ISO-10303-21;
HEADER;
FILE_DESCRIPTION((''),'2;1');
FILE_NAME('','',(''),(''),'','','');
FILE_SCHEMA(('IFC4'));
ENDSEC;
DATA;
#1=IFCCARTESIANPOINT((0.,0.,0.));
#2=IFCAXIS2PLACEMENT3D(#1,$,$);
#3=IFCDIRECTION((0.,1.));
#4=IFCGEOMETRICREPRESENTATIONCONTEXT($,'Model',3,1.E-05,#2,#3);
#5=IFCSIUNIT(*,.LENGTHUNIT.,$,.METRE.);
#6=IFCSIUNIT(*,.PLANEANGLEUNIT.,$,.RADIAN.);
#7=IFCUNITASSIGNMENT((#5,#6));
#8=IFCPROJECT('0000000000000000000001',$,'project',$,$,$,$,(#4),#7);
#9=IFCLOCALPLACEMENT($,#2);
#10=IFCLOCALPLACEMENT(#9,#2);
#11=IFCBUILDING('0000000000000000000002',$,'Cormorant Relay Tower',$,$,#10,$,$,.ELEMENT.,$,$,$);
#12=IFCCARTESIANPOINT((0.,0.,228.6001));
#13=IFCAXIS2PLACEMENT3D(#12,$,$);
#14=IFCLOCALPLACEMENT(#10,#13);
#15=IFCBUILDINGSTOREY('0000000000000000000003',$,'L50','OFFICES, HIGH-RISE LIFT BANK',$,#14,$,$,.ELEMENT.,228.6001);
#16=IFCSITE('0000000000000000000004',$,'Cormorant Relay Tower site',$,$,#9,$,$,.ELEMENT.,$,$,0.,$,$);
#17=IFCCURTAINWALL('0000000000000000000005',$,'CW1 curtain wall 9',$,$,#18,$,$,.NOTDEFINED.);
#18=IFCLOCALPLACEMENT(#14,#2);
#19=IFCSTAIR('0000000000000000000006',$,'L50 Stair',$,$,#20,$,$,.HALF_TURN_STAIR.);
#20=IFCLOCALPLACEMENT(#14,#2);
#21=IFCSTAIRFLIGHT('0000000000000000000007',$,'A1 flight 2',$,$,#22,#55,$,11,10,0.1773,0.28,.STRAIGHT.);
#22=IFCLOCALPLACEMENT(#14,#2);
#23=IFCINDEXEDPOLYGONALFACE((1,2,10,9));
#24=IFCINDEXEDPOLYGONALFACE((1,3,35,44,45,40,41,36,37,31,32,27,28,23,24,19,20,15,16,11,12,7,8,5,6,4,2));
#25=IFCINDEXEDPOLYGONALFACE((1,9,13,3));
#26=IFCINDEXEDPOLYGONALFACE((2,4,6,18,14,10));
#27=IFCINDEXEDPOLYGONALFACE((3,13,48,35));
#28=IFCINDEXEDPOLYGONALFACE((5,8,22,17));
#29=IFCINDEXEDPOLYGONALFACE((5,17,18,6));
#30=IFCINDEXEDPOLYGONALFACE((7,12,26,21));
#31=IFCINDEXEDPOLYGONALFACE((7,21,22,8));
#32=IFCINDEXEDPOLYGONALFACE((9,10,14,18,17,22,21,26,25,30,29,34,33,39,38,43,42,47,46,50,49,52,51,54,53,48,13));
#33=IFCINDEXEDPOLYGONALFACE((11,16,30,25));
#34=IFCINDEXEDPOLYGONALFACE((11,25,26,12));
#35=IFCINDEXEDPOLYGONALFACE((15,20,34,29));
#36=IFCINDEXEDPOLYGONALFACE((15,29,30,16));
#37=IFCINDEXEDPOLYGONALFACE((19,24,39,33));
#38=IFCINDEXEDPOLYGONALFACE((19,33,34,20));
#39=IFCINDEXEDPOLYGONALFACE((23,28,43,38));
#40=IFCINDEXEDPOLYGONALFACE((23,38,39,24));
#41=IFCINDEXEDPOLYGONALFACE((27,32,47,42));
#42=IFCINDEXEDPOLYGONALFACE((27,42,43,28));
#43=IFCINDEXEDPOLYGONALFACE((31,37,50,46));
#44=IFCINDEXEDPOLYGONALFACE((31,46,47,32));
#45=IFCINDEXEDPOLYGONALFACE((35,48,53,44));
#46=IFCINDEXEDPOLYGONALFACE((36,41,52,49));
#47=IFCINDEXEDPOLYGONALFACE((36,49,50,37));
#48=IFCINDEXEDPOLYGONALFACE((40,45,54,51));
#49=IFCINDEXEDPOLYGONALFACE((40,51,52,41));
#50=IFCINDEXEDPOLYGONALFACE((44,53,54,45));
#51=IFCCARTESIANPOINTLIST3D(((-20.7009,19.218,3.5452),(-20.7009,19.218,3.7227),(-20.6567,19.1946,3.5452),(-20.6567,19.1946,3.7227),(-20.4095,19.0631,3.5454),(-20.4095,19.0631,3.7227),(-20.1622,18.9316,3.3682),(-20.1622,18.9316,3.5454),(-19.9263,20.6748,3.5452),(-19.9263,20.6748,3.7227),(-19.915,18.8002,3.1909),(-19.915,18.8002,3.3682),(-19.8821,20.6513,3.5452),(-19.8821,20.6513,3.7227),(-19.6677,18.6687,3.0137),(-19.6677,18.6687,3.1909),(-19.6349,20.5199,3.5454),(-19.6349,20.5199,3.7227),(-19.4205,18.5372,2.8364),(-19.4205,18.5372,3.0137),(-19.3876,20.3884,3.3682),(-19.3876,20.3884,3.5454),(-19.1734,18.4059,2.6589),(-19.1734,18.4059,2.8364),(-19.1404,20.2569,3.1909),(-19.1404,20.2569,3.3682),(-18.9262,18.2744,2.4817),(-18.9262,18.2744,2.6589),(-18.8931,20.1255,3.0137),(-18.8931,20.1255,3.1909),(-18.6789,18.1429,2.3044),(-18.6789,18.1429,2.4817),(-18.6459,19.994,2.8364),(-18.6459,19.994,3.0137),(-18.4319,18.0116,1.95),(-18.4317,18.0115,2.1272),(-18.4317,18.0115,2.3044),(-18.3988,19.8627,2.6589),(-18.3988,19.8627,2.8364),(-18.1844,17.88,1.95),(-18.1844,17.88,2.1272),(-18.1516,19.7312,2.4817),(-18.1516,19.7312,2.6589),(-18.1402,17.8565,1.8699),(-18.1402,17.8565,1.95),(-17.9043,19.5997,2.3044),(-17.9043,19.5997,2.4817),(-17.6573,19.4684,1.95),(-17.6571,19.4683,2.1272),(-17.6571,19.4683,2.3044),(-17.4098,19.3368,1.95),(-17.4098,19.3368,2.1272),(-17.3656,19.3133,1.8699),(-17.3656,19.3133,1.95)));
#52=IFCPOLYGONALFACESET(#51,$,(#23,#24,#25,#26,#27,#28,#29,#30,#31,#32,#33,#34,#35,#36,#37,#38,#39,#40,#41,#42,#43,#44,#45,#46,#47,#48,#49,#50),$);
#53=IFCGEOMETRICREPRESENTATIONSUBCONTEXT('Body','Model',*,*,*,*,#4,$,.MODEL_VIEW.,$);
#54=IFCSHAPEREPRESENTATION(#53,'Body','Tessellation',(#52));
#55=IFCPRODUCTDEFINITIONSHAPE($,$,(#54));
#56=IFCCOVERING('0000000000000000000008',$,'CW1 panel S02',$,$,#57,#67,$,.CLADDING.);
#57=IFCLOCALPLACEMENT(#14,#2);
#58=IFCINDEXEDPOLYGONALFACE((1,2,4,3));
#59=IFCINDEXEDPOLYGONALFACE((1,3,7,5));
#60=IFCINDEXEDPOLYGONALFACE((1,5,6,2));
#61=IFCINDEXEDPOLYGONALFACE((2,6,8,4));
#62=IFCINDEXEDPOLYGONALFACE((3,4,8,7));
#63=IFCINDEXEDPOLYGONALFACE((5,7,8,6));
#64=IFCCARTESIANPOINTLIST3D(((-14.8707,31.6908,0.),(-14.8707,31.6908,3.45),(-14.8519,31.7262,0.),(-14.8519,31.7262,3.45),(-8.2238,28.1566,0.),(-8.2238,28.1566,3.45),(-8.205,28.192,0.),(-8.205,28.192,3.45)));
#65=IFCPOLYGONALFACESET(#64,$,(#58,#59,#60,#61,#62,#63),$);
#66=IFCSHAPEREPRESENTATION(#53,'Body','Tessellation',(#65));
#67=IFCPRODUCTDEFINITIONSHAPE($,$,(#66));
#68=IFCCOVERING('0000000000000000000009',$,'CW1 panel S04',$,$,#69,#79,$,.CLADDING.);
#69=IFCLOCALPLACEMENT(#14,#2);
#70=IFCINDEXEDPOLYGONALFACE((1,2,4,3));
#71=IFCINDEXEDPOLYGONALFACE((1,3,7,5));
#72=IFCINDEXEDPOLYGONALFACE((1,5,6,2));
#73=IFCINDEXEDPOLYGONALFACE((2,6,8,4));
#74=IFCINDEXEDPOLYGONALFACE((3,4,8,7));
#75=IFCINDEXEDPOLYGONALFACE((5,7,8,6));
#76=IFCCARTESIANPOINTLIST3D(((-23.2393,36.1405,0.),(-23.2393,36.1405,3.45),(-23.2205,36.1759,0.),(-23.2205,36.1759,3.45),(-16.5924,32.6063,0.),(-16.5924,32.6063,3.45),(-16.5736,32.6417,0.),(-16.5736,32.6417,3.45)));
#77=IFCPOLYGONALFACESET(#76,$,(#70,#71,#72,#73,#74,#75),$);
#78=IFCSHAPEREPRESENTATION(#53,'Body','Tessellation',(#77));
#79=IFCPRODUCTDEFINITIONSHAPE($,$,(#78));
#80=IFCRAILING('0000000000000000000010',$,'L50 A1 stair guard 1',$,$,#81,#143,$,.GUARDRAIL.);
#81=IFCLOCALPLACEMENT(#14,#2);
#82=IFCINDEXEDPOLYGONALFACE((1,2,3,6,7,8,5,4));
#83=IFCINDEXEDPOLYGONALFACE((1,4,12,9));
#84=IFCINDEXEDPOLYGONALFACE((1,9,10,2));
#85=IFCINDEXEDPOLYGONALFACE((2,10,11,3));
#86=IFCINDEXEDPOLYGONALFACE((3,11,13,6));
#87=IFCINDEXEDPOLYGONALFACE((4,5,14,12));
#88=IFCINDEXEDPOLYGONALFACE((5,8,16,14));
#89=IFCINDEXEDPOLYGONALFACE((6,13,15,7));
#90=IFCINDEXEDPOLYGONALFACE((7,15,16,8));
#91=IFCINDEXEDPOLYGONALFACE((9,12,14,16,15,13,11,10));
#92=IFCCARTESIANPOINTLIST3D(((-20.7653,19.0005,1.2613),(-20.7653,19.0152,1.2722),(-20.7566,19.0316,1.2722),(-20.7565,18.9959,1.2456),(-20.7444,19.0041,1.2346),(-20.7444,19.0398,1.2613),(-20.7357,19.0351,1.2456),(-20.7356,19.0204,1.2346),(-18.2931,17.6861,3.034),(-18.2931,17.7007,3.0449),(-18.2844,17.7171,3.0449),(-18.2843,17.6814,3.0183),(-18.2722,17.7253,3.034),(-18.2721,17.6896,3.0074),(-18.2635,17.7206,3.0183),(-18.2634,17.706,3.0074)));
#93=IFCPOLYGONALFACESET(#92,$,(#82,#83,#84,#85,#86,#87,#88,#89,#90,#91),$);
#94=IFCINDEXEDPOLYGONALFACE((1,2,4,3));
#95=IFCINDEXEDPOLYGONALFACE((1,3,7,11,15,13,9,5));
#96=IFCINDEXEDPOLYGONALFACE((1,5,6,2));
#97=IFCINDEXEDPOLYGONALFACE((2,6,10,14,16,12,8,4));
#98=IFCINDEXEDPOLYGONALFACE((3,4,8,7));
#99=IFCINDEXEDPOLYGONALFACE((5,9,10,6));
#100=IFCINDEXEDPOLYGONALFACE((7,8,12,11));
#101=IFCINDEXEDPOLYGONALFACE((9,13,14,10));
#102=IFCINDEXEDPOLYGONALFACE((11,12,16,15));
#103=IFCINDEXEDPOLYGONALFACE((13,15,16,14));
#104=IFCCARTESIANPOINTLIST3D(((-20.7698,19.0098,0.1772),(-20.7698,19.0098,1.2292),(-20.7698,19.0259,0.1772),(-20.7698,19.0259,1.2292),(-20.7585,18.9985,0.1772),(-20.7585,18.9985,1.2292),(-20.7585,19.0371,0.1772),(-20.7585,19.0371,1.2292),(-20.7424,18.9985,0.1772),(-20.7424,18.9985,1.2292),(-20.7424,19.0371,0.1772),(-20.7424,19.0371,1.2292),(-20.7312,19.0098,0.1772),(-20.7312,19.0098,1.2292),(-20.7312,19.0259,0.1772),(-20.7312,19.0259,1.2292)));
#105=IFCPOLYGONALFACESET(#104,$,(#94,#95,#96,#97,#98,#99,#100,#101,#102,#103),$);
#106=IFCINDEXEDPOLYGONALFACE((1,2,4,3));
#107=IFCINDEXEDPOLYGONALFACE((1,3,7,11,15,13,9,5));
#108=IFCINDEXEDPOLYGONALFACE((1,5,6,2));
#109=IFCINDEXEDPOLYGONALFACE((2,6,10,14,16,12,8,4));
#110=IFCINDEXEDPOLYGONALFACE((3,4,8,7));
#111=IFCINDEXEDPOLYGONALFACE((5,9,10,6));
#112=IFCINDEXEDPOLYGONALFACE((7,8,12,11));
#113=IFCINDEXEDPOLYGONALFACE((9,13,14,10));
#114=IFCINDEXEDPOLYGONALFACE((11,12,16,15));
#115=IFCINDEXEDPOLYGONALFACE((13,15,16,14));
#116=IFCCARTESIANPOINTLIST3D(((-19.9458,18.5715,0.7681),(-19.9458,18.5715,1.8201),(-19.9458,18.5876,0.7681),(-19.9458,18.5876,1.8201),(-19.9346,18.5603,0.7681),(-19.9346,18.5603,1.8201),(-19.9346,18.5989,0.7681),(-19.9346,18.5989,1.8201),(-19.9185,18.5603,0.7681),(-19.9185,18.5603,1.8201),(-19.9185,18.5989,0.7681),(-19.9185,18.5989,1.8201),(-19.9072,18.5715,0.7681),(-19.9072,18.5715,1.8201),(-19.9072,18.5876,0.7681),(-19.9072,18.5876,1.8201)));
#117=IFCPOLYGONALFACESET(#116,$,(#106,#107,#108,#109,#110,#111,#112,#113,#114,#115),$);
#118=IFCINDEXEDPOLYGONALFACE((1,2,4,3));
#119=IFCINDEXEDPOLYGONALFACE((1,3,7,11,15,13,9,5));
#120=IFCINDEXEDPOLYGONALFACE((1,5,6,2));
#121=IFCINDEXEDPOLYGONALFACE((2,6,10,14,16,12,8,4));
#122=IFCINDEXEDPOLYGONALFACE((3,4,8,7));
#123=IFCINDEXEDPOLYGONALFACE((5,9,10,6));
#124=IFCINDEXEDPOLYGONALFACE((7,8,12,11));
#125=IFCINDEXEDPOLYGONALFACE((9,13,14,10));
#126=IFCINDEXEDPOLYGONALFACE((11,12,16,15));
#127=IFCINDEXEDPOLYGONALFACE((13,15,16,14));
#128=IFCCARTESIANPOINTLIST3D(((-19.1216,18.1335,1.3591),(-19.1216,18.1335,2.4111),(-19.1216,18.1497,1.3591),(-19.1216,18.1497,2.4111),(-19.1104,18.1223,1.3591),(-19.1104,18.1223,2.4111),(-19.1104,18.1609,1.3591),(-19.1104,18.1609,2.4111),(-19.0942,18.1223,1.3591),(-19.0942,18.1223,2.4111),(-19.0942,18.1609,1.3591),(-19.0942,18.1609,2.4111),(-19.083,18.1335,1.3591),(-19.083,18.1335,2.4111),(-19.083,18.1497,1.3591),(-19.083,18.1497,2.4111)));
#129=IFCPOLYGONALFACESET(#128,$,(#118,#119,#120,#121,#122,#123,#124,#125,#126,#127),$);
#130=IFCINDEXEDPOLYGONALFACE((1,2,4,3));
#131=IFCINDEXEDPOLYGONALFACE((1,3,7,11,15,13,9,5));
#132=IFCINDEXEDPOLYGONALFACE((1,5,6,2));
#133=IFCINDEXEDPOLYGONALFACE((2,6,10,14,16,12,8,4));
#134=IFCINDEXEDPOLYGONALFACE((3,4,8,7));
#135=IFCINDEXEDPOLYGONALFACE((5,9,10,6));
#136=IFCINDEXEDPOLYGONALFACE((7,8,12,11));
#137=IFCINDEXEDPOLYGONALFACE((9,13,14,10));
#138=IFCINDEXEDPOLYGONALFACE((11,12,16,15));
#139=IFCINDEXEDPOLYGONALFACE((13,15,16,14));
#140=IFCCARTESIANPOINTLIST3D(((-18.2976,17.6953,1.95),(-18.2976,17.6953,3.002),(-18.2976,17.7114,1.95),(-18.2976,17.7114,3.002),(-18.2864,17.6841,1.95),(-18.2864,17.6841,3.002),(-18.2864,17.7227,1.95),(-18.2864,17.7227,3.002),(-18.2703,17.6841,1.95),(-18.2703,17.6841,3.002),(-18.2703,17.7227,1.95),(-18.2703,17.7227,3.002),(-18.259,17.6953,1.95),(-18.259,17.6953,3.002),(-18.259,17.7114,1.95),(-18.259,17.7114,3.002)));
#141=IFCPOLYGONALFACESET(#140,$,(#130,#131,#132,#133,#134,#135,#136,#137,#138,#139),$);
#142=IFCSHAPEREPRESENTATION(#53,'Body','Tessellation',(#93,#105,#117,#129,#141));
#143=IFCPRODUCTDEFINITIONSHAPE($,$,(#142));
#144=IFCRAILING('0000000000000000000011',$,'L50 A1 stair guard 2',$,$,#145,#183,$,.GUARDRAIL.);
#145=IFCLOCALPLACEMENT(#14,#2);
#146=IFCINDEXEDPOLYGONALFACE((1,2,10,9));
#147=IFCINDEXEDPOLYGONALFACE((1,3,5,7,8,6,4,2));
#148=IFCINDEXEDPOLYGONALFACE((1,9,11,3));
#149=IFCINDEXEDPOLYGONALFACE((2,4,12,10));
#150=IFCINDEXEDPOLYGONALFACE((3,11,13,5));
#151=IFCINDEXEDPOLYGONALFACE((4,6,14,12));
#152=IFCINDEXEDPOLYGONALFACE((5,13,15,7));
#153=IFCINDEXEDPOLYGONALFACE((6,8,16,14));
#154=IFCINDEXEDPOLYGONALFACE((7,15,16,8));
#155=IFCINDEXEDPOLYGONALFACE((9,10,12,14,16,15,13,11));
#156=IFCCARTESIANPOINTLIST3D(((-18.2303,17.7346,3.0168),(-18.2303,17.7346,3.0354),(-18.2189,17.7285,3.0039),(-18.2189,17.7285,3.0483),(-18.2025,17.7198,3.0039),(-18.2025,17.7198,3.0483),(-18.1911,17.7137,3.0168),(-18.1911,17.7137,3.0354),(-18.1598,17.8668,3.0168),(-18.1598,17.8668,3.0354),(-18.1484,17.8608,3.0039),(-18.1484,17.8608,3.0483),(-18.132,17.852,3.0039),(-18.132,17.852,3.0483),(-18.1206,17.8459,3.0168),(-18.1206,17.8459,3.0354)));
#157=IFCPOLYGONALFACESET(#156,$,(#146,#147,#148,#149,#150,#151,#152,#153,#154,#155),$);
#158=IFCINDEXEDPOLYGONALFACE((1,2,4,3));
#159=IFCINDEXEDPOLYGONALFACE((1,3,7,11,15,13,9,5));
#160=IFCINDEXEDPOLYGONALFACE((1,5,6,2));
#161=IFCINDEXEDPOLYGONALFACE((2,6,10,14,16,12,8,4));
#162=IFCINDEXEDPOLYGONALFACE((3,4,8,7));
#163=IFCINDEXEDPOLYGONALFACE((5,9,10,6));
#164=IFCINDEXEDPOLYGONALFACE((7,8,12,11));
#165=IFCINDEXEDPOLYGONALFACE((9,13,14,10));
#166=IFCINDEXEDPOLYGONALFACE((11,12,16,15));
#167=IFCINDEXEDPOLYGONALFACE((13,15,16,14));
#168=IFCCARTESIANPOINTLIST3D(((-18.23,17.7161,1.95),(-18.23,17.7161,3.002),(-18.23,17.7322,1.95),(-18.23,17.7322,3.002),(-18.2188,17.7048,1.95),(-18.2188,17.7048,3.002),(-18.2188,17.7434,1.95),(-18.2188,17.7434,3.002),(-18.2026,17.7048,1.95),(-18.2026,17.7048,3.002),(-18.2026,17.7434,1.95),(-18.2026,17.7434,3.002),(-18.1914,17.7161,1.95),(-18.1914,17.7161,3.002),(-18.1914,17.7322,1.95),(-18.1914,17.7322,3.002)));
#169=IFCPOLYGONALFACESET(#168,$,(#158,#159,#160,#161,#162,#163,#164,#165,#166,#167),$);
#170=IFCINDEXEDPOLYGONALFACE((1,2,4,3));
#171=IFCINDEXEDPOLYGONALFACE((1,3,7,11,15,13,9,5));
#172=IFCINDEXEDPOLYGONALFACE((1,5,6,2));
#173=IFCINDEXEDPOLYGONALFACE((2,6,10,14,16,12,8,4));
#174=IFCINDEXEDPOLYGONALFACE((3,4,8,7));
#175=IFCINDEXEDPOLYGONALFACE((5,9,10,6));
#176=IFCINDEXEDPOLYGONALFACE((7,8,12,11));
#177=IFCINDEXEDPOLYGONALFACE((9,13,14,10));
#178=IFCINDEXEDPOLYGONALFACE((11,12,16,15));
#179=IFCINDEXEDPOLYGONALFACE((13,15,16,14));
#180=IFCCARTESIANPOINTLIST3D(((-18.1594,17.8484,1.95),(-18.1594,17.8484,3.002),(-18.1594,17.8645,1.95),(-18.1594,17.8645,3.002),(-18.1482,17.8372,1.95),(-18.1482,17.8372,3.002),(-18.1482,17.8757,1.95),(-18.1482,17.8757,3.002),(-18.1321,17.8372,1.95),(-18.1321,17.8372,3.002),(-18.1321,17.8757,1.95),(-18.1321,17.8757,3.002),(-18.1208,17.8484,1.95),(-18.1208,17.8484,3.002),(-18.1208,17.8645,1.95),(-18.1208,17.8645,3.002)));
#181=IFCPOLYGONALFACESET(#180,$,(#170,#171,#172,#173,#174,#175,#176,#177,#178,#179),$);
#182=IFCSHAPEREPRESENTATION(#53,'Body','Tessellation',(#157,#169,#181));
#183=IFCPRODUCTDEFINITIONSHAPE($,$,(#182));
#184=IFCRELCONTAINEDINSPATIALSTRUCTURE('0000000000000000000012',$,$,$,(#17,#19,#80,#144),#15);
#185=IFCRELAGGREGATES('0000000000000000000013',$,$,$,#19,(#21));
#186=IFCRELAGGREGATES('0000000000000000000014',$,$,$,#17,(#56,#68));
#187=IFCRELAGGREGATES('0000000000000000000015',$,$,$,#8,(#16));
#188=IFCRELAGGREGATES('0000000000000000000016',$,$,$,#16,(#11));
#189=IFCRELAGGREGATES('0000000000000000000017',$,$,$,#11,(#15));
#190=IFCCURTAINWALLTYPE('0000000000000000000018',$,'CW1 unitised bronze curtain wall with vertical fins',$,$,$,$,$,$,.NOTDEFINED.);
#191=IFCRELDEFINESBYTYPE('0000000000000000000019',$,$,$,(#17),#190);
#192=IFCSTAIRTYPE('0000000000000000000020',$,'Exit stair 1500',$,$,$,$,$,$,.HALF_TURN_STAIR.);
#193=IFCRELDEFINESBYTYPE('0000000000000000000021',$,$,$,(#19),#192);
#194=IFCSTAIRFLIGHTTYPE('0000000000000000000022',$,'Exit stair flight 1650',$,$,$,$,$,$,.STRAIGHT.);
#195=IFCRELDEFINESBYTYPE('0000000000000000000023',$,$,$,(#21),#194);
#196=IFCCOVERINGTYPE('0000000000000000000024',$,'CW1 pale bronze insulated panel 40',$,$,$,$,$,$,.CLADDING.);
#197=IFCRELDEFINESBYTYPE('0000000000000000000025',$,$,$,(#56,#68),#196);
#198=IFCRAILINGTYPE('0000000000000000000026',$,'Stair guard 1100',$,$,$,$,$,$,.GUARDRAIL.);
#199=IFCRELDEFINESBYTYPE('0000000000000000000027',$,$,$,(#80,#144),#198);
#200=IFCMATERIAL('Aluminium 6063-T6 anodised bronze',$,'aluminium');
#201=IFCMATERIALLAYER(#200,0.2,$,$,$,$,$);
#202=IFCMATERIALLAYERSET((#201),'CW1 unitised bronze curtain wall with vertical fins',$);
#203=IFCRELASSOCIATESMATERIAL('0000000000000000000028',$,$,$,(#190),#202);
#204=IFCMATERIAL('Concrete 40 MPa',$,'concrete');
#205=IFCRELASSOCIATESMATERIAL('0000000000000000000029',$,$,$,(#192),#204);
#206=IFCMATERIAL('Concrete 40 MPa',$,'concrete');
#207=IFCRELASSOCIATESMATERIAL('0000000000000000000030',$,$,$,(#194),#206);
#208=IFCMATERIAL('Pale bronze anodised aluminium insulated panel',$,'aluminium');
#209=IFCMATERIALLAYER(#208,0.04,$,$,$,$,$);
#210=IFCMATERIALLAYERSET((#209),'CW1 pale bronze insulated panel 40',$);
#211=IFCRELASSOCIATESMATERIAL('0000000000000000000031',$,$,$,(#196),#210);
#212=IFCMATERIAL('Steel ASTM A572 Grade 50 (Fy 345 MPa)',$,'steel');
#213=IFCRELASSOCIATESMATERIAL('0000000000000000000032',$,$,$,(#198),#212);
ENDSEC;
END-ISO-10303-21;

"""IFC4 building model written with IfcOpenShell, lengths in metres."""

from ifc_helpers import new_model, si_unit, direction, frame, origin, origin_2d, place, context, subcontext, project, spatial, polyline, rectangle, outline, extrude, material, layer, layer_set, type_object, element, aggregate, save


model = new_model("IFC4")

# Units and contexts
model_context = context("Model", 3, precision=1e-05, world=origin(), true_north=direction((0.0, 1.0)))
body_context = subcontext(model_context, "Body", "Model", "MODEL_VIEW")
ifc_project = project(units=[si_unit("LENGTHUNIT", "METRE"), si_unit("PLANEANGLEUNIT", "RADIAN")], contexts=[model_context])

# Site, building, storey
site_placement = place(None, origin())
site = spatial("IfcSite", under=ifc_project, at=site_placement, Name="Cormorant Relay Tower site", CompositionType="ELEMENT", RefElevation=0.0)
building_placement = place(site_placement, origin())
building = spatial("IfcBuilding", under=site, at=building_placement, Name="Cormorant Relay Tower", CompositionType="ELEMENT")
storey_placement = place(building_placement, frame((0.0, 0.0, 228.6001)))
storey = spatial("IfcBuildingStorey", under=building, at=storey_placement, Name="L50", Description="OFFICES, HIGH-RISE LIFT BANK", CompositionType="ELEMENT", Elevation=228.6001)

# Curtain wall
ifc_material_1 = material(Name="Aluminium 6063-T6 anodised bronze", Category="aluminium")
ifc_layer_1 = layer(ifc_material_1, 0.2)
ifc_layer_set_1 = layer_set([ifc_layer_1], Name="CW1 unitised bronze curtain wall with vertical fins")
curtain_wall_type = type_object("IfcCurtainWallType", Name="CW1 unitised bronze curtain wall with vertical fins", PredefinedType="NOTDEFINED", material=ifc_layer_set_1)
curtain_wall_placement = place(storey_placement, origin())
curtain_wall = element("IfcCurtainWall", 1, at=curtain_wall_placement, inside=storey, type_object=curtain_wall_type, Name="CW1 curtain wall 9", PredefinedType="NOTDEFINED")

# Stair, stair flight
ifc_material_2 = material(Name="Concrete 40 MPa", Category="concrete")
stair_type = type_object("IfcStairType", Name="Exit stair 1500", PredefinedType="HALF_TURN_STAIR", material=ifc_material_2)
stair_placement = place(storey_placement, origin())
stair = element("IfcStair", 2, at=stair_placement, inside=storey, type_object=stair_type, Name="L50 Stair", PredefinedType="HALF_TURN_STAIR")
ifc_material_3 = material(Name="Concrete 40 MPa", Category="concrete")
stair_flight_type = type_object("IfcStairFlightType", Name="Exit stair flight 1650", PredefinedType="STRAIGHT", material=ifc_material_3)
stair_flight_1_placement = place(storey_placement, frame((-17.7971, 18.6084, 1.95), z_axis=(0.0, 0.0, 1.0), x_axis=(-0.882948, 0.469472, 0.0)))
stair_flight_1 = element("IfcStairFlight", 3, at=stair_flight_1_placement, type_object=stair_flight_type, Name="A1 flight 2", NumberOfRisers=11, NumberOfTreads=10, PredefinedType="STRAIGHT", RiserHeight=0.1773, TreadLength=0.28, context=body_context, shape_type="SweptSolid", body=[
    extrude(outline(polyline([(-0.05, -0.0801), (-0.05, 0.0), (0.0, 0.0), (0.0, 0.1772), (0.28, 0.1772), (0.28, 0.3545), (0.5601, 0.3545), (0.5601, 0.5317), (0.8401, 0.5317), (0.8401, 0.709), (1.1201, 0.709), (1.1201, 0.8865), (1.3999, 0.8865), (1.3999, 1.0637), (1.6799, 1.0637), (1.6799, 1.241), (1.96, 1.241), (1.96, 1.4182), (2.24, 1.4182), (2.24, 1.5955), (2.52, 1.5955), (2.52, 1.7727), (2.8, 1.7727), (2.8501, 1.7727), (2.8501, 1.5952), (2.8, 1.5952), (0.2803, 0.0), (-0.05, -0.0801)])), frame((0.0, 0.825, 0.0), z_axis=(0.0, -1.0, 0.0), x_axis=(1.0, 0.0, 0.0)), (0.0, 0.0, 1.0), 1.6499),
])
aggregate(stair, [stair_flight_1])

# Coverings
ifc_material_4 = material(Name="Pale bronze anodised aluminium insulated panel", Category="aluminium")
ifc_layer_2 = layer(ifc_material_4, 0.04)
ifc_layer_set_2 = layer_set([ifc_layer_2], Name="CW1 pale bronze insulated panel 40")
covering_type = type_object("IfcCoveringType", Name="CW1 pale bronze insulated panel 40", PredefinedType="CLADDING", material=ifc_layer_set_2)
covering_1_placement = place(storey_placement, frame((-11.5378, 29.9414, 0.0), z_axis=(0.0, 0.0, 1.0), x_axis=(-0.882948, 0.469472, 0.0)))
covering_1 = element("IfcCovering", 4, at=covering_1_placement, type_object=covering_type, Name="CW1 panel S02", PredefinedType="CLADDING", context=body_context, shape_type="SweptSolid", body=[
    extrude(rectangle(XDim=7.5281, YDim=0.04, at=origin_2d()), origin(), (0.0, 0.0, 1.0), 3.45),
])
covering_2_placement = place(storey_placement, frame((-19.9065, 34.3911, 0.0), z_axis=(0.0, 0.0, 1.0), x_axis=(-0.882948, 0.469472, 0.0)))
covering_2 = element("IfcCovering", 5, at=covering_2_placement, type_object=covering_type, Name="CW1 panel S04", PredefinedType="CLADDING", context=body_context, shape_type="SweptSolid", body=[
    extrude(rectangle(XDim=7.5281, YDim=0.04, at=origin_2d()), origin(), (0.0, 0.0, 1.0), 3.45),
])
aggregate(curtain_wall, [covering_1, covering_2])

# Railings
ifc_material_5 = material(Name="Steel ASTM A572 Grade 50 (Fy 345 MPa)", Category="steel")
railing_type_1 = type_object("IfcRailingType", Name="Stair guard 1100", PredefinedType="GUARDRAIL", material=ifc_material_5)
railing_1_placement = place(storey_placement, frame((-20.7505, 19.0178, 0.1772)))
element("IfcRailing", 6, at=railing_1_placement, inside=storey, type_object=railing_type_1, Name="L50 A1 stair guard 1", PredefinedType="GUARDRAIL", context=body_context, shape_type="SweptSolid", body=[
    extrude(outline(polyline([(0.0222, 0.0093), (0.0093, 0.0222), (-0.0093, 0.0222), (-0.0222, 0.0093), (-0.0222, -0.0093), (-0.0093, -0.0222), (0.0093, -0.0222), (0.0222, -0.0093), (0.0222, 0.0093)])), frame((0.0, 0.0, 1.0762), z_axis=(0.746001, -0.396649, 0.534931), x_axis=(0.469465, 0.882951, 0.0)), (0.0, 0.0, 1.0), 3.314),
    extrude(outline(polyline([(0.0193, 0.0081), (0.0081, 0.0193), (-0.0081, 0.0193), (-0.0193, 0.0081), (-0.0193, -0.0081), (-0.0081, -0.0193), (0.0081, -0.0193), (0.0193, -0.0081), (0.0193, 0.0081)])), origin(), (0.0, 0.0, 1.0), 1.052),
    extrude(outline(polyline([(0.0193, 0.0081), (0.0081, 0.0193), (-0.0081, 0.0193), (-0.0193, 0.0081), (-0.0193, -0.0081), (-0.0081, -0.0193), (0.0081, -0.0193), (0.0193, -0.0081), (0.0193, 0.0081)])), frame((0.824, -0.4382, 0.5908)), (0.0, 0.0, 1.0), 1.052),
    extrude(outline(polyline([(0.0193, 0.0081), (0.0081, 0.0193), (-0.0081, 0.0193), (-0.0193, 0.0081), (-0.0193, -0.0081), (-0.0081, -0.0193), (0.0081, -0.0193), (0.0193, -0.0081), (0.0193, 0.0081)])), frame((1.6482, -0.8762, 1.1819)), (0.0, 0.0, 1.0), 1.052),
    extrude(outline(polyline([(0.0193, 0.0081), (0.0081, 0.0193), (-0.0081, 0.0193), (-0.0193, 0.0081), (-0.0193, -0.0081), (-0.0081, -0.0193), (0.0081, -0.0193), (0.0193, -0.0081), (0.0193, 0.0081)])), frame((2.4722, -1.3145, 1.7727)), (0.0, 0.0, 1.0), 1.052),
])
railing_2_placement = place(storey_placement, frame((-18.2107, 17.7241, 1.95)))
element("IfcRailing", 7, at=railing_2_placement, inside=storey, type_object=railing_type_1, Name="L50 A1 stair guard 2", PredefinedType="GUARDRAIL", context=body_context, shape_type="SweptSolid", body=[
    extrude(outline(polyline([(0.0222, 0.0093), (0.0093, 0.0222), (-0.0093, 0.0222), (-0.0222, 0.0093), (-0.0222, -0.0093), (-0.0093, -0.0222), (0.0093, -0.0222), (0.0222, -0.0093), (0.0222, 0.0093)])), frame((0.0, 0.0, 1.0762), z_axis=(0.470504, 0.882398, 0.0), x_axis=(-0.882398, 0.470504, 0.0)), (0.0, 0.0, 1.0), 0.1499),
    extrude(outline(polyline([(0.0193, 0.0081), (0.0081, 0.0193), (-0.0081, 0.0193), (-0.0193, 0.0081), (-0.0193, -0.0081), (-0.0081, -0.0193), (0.0081, -0.0193), (0.0193, -0.0081), (0.0193, 0.0081)])), origin(), (0.0, 0.0, 1.0), 1.052),
    extrude(outline(polyline([(0.0193, 0.0081), (0.0081, 0.0193), (-0.0081, 0.0193), (-0.0193, 0.0081), (-0.0193, -0.0081), (-0.0081, -0.0193), (0.0081, -0.0193), (0.0193, -0.0081), (0.0193, 0.0081)])), frame((0.0706, 0.1323, 0.0)), (0.0, 0.0, 1.0), 1.052),
])

save(model, "model.ifc")
